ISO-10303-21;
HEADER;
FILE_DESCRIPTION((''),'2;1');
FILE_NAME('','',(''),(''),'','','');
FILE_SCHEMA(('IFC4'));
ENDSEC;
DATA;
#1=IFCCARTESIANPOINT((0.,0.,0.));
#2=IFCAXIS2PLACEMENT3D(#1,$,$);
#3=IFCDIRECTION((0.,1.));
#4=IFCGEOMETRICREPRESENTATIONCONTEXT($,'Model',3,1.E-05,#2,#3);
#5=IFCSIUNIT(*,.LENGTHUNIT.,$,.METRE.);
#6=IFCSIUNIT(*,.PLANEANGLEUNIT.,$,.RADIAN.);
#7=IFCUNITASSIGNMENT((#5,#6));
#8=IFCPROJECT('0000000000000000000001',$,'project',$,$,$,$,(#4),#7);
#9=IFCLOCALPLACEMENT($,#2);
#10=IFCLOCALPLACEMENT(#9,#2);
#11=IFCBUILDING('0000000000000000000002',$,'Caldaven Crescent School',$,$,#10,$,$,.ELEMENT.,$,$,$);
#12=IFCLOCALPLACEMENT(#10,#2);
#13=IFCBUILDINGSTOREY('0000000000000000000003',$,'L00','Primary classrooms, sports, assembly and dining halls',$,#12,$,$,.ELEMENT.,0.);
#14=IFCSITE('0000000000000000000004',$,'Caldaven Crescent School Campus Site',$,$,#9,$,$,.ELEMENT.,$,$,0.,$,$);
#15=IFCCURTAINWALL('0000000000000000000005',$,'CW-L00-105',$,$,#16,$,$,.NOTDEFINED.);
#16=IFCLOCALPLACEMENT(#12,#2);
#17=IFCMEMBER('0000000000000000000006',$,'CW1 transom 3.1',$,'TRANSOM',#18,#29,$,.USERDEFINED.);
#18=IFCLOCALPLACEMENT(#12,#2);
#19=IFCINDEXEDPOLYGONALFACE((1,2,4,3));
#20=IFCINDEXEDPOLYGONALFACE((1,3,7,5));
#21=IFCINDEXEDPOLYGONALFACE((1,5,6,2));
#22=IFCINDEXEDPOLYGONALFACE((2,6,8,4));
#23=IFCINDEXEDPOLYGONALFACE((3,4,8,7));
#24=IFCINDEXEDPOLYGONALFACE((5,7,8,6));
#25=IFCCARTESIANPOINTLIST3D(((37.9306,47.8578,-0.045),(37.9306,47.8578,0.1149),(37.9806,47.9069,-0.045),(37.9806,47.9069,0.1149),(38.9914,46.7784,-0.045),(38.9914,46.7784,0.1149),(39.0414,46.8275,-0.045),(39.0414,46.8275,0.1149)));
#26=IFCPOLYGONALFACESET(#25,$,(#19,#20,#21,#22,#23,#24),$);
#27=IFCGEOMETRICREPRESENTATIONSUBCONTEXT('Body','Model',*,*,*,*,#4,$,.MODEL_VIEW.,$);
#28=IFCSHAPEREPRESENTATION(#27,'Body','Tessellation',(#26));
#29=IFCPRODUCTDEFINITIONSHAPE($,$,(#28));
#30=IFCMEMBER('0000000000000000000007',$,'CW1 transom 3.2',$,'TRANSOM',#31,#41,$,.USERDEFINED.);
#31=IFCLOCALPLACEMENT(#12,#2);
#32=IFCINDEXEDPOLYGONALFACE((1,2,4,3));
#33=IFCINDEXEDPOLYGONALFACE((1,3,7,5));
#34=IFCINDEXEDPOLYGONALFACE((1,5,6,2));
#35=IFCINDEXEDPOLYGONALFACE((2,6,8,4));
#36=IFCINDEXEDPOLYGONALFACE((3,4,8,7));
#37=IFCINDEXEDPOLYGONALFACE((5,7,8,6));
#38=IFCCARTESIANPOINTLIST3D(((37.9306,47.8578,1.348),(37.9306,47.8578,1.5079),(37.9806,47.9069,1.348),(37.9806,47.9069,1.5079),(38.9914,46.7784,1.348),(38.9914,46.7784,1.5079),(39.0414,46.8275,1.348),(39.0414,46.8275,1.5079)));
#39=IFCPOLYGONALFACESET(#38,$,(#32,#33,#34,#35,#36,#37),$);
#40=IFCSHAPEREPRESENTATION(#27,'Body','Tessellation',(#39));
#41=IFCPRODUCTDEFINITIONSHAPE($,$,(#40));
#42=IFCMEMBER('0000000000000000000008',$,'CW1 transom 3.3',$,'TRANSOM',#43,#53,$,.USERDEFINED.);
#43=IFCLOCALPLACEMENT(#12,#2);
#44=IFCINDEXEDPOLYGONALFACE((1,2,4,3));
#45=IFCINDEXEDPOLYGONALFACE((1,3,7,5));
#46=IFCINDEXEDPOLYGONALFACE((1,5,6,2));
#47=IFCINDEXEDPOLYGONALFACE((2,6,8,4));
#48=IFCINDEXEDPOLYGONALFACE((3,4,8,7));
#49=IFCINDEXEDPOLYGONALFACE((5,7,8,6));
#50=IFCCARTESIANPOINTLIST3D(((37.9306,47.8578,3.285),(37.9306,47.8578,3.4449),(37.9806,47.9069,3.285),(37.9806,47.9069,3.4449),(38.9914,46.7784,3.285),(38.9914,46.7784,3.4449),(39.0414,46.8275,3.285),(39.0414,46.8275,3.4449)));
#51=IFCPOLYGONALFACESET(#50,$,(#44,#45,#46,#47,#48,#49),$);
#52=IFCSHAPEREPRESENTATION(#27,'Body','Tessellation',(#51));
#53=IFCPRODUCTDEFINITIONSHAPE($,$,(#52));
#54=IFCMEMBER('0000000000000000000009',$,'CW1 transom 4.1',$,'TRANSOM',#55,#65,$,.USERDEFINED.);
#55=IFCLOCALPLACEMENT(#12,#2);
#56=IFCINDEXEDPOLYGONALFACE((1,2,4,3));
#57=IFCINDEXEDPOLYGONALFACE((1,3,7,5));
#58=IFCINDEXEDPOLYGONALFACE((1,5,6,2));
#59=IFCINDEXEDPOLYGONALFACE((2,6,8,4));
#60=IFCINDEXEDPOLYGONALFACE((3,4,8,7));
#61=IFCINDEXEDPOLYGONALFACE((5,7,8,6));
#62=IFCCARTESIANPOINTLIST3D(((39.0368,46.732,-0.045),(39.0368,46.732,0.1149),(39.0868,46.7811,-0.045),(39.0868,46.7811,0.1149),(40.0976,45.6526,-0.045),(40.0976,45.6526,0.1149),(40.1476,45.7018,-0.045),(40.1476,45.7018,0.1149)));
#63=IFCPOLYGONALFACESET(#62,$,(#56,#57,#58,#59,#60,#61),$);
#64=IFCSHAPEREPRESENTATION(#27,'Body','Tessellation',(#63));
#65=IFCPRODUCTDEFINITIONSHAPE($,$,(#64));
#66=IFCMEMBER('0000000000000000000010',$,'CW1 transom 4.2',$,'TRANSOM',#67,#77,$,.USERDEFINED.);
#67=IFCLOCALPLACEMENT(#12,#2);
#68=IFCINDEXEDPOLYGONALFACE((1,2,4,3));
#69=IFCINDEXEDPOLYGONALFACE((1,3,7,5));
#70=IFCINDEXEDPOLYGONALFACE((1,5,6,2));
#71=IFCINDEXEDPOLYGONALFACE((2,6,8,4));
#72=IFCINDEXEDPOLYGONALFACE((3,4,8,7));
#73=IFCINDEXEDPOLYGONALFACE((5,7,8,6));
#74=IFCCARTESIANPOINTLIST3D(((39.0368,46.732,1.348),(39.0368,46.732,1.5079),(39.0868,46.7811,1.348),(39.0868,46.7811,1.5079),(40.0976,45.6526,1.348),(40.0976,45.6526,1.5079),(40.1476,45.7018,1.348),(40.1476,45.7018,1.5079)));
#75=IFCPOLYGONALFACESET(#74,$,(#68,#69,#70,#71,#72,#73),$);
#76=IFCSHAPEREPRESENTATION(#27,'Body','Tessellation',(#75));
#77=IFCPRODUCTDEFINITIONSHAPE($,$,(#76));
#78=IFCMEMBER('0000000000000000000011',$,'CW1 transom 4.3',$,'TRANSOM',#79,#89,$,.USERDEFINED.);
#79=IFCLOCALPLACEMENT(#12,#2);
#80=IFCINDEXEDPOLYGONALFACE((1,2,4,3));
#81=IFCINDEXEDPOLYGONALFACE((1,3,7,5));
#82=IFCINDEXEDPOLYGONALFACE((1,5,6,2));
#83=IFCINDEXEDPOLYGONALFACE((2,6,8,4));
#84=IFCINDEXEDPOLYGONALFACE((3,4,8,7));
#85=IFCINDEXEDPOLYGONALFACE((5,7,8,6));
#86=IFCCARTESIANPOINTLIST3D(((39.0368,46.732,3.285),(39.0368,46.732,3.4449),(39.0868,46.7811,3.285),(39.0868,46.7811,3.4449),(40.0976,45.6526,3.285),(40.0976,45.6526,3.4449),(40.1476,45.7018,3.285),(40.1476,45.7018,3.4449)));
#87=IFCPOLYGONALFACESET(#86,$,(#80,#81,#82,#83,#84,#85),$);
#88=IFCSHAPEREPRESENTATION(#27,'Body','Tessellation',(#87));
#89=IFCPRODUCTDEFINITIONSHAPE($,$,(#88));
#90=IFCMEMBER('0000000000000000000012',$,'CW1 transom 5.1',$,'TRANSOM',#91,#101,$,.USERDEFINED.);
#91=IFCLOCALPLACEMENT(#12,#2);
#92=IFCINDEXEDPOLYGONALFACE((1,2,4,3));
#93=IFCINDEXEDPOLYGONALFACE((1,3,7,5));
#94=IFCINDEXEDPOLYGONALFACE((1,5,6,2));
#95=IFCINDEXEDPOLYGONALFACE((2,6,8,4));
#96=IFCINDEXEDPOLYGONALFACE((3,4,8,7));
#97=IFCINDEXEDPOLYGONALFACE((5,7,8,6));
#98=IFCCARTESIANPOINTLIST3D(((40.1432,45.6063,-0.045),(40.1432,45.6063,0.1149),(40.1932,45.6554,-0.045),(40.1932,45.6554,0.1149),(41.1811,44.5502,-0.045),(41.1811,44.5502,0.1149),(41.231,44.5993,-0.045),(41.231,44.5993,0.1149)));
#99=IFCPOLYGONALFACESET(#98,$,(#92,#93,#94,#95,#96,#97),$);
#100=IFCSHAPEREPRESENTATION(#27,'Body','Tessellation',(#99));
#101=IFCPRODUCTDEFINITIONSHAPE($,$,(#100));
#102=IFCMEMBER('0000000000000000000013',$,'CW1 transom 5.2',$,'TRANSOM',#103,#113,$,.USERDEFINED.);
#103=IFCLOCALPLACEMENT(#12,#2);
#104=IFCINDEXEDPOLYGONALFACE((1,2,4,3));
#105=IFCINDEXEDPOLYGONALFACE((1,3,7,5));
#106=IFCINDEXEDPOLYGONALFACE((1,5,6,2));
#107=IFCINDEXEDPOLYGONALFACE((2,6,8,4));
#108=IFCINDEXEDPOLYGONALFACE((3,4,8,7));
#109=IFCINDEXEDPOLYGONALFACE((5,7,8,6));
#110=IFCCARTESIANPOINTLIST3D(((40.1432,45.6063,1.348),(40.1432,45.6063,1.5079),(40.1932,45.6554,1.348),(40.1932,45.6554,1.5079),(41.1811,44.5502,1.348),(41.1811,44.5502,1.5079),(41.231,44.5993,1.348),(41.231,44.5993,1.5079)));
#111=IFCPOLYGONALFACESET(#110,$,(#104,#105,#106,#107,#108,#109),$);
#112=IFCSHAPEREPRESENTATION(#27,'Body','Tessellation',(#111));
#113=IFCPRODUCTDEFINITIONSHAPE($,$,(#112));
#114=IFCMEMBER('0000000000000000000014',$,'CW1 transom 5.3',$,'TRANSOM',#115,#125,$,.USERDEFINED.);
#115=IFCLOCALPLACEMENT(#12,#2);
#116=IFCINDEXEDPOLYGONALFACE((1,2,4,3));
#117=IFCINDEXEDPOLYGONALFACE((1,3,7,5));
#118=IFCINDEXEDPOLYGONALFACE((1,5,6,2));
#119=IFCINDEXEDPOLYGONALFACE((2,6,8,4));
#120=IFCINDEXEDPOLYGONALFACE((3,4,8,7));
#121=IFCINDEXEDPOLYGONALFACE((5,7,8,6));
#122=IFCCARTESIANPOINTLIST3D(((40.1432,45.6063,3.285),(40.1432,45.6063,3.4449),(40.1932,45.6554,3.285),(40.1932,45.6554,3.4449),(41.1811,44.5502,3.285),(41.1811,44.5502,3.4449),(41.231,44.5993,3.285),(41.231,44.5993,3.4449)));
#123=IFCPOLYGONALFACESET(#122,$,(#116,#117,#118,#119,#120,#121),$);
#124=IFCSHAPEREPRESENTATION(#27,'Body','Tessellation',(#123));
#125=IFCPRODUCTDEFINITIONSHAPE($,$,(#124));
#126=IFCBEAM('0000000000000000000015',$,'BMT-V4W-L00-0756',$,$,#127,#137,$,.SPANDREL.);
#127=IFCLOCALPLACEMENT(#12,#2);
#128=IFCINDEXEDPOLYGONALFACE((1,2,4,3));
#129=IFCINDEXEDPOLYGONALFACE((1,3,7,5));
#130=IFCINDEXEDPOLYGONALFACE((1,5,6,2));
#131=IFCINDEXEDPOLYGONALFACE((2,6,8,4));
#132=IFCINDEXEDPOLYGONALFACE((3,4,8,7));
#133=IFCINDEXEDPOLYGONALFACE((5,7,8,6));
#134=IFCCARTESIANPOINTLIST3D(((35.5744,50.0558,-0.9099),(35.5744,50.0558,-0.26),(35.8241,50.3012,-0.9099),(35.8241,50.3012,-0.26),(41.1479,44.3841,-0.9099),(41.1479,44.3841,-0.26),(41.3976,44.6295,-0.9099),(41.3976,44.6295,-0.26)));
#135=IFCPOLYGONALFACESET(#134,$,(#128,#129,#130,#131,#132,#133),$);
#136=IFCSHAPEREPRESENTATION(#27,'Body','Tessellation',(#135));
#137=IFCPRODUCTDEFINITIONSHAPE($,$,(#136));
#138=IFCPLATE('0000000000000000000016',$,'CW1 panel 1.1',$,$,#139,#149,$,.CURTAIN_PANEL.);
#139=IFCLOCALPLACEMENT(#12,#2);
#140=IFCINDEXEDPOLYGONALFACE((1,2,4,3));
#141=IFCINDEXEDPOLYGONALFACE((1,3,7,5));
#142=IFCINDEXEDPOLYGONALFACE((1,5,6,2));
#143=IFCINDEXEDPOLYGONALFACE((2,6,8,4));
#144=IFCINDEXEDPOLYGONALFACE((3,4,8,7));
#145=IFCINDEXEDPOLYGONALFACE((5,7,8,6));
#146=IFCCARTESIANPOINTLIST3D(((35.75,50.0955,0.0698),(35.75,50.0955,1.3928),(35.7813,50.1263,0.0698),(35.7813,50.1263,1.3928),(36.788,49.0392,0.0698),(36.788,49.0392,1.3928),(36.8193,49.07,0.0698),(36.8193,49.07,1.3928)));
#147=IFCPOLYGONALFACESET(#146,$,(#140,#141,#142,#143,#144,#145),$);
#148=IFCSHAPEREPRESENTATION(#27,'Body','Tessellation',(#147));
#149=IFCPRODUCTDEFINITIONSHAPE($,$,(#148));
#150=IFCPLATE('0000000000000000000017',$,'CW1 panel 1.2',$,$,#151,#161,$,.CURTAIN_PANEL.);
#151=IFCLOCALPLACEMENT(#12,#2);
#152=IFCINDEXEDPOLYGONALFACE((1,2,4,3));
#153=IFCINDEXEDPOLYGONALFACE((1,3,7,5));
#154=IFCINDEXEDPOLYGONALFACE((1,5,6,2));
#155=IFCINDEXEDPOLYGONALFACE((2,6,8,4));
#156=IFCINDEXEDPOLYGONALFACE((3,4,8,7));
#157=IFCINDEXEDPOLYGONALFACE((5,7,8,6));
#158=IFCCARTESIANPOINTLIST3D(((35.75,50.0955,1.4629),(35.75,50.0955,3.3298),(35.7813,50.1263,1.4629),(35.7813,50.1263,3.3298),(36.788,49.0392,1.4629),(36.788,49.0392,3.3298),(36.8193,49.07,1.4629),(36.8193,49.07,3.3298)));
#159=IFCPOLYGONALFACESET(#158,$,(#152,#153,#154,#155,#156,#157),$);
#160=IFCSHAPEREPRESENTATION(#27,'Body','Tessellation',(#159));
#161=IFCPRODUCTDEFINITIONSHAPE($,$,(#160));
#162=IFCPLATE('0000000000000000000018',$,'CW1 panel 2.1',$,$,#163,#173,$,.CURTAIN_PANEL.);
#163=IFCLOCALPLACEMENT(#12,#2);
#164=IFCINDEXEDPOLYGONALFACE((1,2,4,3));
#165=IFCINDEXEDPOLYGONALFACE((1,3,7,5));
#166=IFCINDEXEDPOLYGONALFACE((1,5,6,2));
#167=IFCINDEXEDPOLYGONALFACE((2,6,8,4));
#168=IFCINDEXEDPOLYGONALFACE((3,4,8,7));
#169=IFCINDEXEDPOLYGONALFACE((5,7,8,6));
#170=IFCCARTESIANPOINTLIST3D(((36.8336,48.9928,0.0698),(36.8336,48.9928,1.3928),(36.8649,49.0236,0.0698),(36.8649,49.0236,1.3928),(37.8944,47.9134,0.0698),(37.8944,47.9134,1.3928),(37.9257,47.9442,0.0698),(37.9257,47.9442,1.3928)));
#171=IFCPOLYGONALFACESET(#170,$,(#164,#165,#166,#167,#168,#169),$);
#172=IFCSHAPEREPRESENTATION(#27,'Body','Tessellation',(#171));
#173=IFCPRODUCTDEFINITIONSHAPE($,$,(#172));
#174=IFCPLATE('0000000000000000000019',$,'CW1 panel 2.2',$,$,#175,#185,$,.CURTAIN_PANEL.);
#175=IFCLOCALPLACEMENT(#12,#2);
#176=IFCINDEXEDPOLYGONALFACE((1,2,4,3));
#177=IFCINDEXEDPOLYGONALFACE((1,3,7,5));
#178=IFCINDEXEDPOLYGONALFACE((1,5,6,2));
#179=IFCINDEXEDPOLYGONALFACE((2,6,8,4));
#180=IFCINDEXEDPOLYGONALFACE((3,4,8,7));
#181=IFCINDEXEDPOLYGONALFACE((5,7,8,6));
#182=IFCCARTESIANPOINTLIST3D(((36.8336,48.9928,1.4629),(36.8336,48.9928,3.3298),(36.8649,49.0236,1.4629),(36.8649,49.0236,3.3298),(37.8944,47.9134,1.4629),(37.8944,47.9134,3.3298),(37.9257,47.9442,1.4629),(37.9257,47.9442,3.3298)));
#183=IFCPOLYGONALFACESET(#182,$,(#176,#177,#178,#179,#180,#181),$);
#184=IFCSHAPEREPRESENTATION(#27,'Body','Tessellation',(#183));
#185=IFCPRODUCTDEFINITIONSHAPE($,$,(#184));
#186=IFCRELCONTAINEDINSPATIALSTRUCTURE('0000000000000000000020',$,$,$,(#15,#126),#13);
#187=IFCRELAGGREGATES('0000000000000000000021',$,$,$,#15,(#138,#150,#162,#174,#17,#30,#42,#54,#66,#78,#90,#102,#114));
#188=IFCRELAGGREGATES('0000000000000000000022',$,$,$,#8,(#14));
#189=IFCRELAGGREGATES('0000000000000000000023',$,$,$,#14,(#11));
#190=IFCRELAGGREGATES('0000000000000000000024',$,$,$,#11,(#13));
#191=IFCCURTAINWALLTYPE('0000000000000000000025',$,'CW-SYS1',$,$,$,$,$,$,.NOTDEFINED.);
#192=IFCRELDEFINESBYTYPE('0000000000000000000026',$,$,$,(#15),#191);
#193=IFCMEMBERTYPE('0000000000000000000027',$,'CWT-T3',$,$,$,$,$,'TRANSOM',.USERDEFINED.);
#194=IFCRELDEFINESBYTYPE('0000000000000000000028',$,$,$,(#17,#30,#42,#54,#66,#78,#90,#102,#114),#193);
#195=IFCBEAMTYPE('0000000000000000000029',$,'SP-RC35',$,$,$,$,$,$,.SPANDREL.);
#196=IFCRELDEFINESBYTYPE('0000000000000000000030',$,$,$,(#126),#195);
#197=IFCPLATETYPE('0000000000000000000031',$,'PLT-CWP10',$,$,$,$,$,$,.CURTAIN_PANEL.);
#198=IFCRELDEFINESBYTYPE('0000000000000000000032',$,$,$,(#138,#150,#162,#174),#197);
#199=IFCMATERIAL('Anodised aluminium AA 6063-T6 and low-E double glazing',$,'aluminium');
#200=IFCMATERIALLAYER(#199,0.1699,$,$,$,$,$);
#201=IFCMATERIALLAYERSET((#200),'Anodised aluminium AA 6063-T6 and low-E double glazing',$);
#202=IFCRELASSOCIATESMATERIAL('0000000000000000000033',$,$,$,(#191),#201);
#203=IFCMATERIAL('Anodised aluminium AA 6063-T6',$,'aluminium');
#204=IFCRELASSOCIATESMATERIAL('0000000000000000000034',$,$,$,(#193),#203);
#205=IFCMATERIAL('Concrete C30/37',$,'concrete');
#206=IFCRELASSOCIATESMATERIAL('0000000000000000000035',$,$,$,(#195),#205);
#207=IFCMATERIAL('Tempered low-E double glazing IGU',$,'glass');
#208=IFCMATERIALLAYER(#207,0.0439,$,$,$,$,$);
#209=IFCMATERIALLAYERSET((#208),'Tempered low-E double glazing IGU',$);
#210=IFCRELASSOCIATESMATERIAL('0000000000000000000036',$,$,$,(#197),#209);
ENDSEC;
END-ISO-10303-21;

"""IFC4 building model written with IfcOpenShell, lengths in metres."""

from ifc_helpers import new_model, si_unit, direction, frame, origin, origin_2d, place, context, subcontext, project, spatial, rectangle, extrude, material, layer, layer_set, material_profile, profile_set, type_object, element, aggregate, save


model = new_model("IFC4")

# Units and contexts
model_context = context("Model", 3, precision=1e-05, world=origin(), true_north=direction((0.0, 1.0)))
body_context = subcontext(model_context, "Body", "Model", "MODEL_VIEW")
ifc_project = project(units=[si_unit("LENGTHUNIT", "METRE"), si_unit("PLANEANGLEUNIT", "RADIAN")], contexts=[model_context])

# Site, building, storey
site_placement = place(None, origin())
site = spatial("IfcSite", under=ifc_project, at=site_placement, Name="Caldaven Crescent School Campus Site", CompositionType="ELEMENT", RefElevation=0.0)
building_placement = place(site_placement, origin())
building = spatial("IfcBuilding", under=site, at=building_placement, Name="Caldaven Crescent School", CompositionType="ELEMENT")
storey_placement = place(building_placement, origin())
storey = spatial("IfcBuildingStorey", under=building, at=storey_placement, Name="L00", Description="Primary classrooms, sports, assembly and dining halls", CompositionType="ELEMENT", Elevation=0.0)

# Shared definitions
ifc_material_1 = material(Name="Concrete C30/37", Category="concrete")

# Curtain wall, members
ifc_material_2 = material(Name="Anodised aluminium AA 6063-T6 and low-E double glazing", Category="aluminium")
ifc_layer_1 = layer(ifc_material_2, 0.1699)
ifc_layer_set_1 = layer_set([ifc_layer_1], Name="Anodised aluminium AA 6063-T6 and low-E double glazing")
curtain_wall_type = type_object("IfcCurtainWallType", Name="CW-SYS1", PredefinedType="NOTDEFINED", material=ifc_layer_set_1)
curtain_wall_placement = place(storey_placement, origin())
curtain_wall = element("IfcCurtainWall", 1, at=curtain_wall_placement, inside=storey, type_object=curtain_wall_type, Name="CW-L00-105", PredefinedType="NOTDEFINED")
ifc_material_3 = material(Name="Anodised aluminium AA 6063-T6", Category="aluminium")
ifc_material_profile_1 = material_profile(ifc_material_3, rectangle(XDim=0.0701, YDim=0.1599, at=origin_2d()), Name="CWT 70x160")
ifc_profile_set_1 = profile_set([ifc_material_profile_1], Name="Anodised aluminium AA 6063-T6")
member_type_1 = type_object("IfcMemberType", Name="CWT-T3", ElementType="TRANSOM", PredefinedType="USERDEFINED", material=ifc_profile_set_1)
member_1_placement = place(storey_placement, frame((37.9556, 47.8823, 0.0349), z_axis=(0.70095, -0.71321, 0.0), x_axis=(0.71321, 0.70095, 0.0)))
member_1 = element("IfcMember", 2, at=member_1_placement, type_object=member_type_1, Name="CW1 transom 3.1", ObjectType="TRANSOM", PredefinedType="USERDEFINED", context=body_context, shape_type="SweptSolid", body=[
    extrude(rectangle(XDim=0.0701, YDim=0.1599, at=origin_2d()), origin(), (0.0, 0.0, 1.0), 1.5134),
])
member_2_placement = place(storey_placement, frame((37.9556, 47.8823, 1.428), z_axis=(0.70095, -0.71321, 0.0), x_axis=(0.71321, 0.70095, 0.0)))
member_2 = element("IfcMember", 3, at=member_2_placement, type_object=member_type_1, Name="CW1 transom 3.2", ObjectType="TRANSOM", PredefinedType="USERDEFINED", context=body_context, shape_type="SweptSolid", body=[
    extrude(rectangle(XDim=0.0701, YDim=0.1599, at=origin_2d()), origin(), (0.0, 0.0, 1.0), 1.5134),
])
member_3_placement = place(storey_placement, frame((37.9556, 47.8823, 3.365), z_axis=(0.70095, -0.71321, 0.0), x_axis=(0.71321, 0.70095, 0.0)))
member_3 = element("IfcMember", 4, at=member_3_placement, type_object=member_type_1, Name="CW1 transom 3.3", ObjectType="TRANSOM", PredefinedType="USERDEFINED", context=body_context, shape_type="SweptSolid", body=[
    extrude(rectangle(XDim=0.0701, YDim=0.1599, at=origin_2d()), origin(), (0.0, 0.0, 1.0), 1.5134),
])
member_4_placement = place(storey_placement, frame((39.0618, 46.7566, 0.0349), z_axis=(0.70095, -0.71321, 0.0), x_axis=(0.71321, 0.70095, 0.0)))
member_4 = element("IfcMember", 5, at=member_4_placement, type_object=member_type_1, Name="CW1 transom 4.1", ObjectType="TRANSOM", PredefinedType="USERDEFINED", context=body_context, shape_type="SweptSolid", body=[
    extrude(rectangle(XDim=0.0701, YDim=0.1599, at=origin_2d()), origin(), (0.0, 0.0, 1.0), 1.5134),
])
member_5_placement = place(storey_placement, frame((39.0618, 46.7566, 1.428), z_axis=(0.70095, -0.71321, 0.0), x_axis=(0.71321, 0.70095, 0.0)))
member_5 = element("IfcMember", 6, at=member_5_placement, type_object=member_type_1, Name="CW1 transom 4.2", ObjectType="TRANSOM", PredefinedType="USERDEFINED", context=body_context, shape_type="SweptSolid", body=[
    extrude(rectangle(XDim=0.0701, YDim=0.1599, at=origin_2d()), origin(), (0.0, 0.0, 1.0), 1.5134),
])
member_6_placement = place(storey_placement, frame((39.0618, 46.7566, 3.365), z_axis=(0.70095, -0.71321, 0.0), x_axis=(0.71321, 0.70095, 0.0)))
member_6 = element("IfcMember", 7, at=member_6_placement, type_object=member_type_1, Name="CW1 transom 4.3", ObjectType="TRANSOM", PredefinedType="USERDEFINED", context=body_context, shape_type="SweptSolid", body=[
    extrude(rectangle(XDim=0.0701, YDim=0.1599, at=origin_2d()), origin(), (0.0, 0.0, 1.0), 1.5134),
])
member_7_placement = place(storey_placement, frame((40.1682, 45.6309, 0.0349), z_axis=(0.700897, -0.713263, 0.0), x_axis=(0.713263, 0.700897, 0.0)))
member_7 = element("IfcMember", 8, at=member_7_placement, type_object=member_type_1, Name="CW1 transom 5.1", ObjectType="TRANSOM", PredefinedType="USERDEFINED", context=body_context, shape_type="SweptSolid", body=[
    extrude(rectangle(XDim=0.0701, YDim=0.1599, at=origin_2d()), origin(), (0.0, 0.0, 1.0), 1.4807),
])
member_8_placement = place(storey_placement, frame((40.1682, 45.6309, 1.428), z_axis=(0.700897, -0.713263, 0.0), x_axis=(0.713263, 0.700897, 0.0)))
member_8 = element("IfcMember", 9, at=member_8_placement, type_object=member_type_1, Name="CW1 transom 5.2", ObjectType="TRANSOM", PredefinedType="USERDEFINED", context=body_context, shape_type="SweptSolid", body=[
    extrude(rectangle(XDim=0.0701, YDim=0.1599, at=origin_2d()), origin(), (0.0, 0.0, 1.0), 1.4807),
])
member_9_placement = place(storey_placement, frame((40.1682, 45.6309, 3.365), z_axis=(0.700897, -0.713263, 0.0), x_axis=(0.713263, 0.700897, 0.0)))
member_9 = element("IfcMember", 10, at=member_9_placement, type_object=member_type_1, Name="CW1 transom 5.3", ObjectType="TRANSOM", PredefinedType="USERDEFINED", context=body_context, shape_type="SweptSolid", body=[
    extrude(rectangle(XDim=0.0701, YDim=0.1599, at=origin_2d()), origin(), (0.0, 0.0, 1.0), 1.4807),
])

# Beam
ifc_material_profile_2 = material_profile(ifc_material_1, rectangle(XDim=0.3501, YDim=0.6499, at=origin_2d()), Name="RC 350x650")
ifc_profile_set_2 = profile_set([ifc_material_profile_2], Name="Concrete C30/37")
beam_type_1 = type_object("IfcBeamType", Name="SP-RC35", PredefinedType="SPANDREL", material=ifc_profile_set_2)
beam_1_placement = place(storey_placement, frame((35.6992, 50.1785, -0.585), z_axis=(0.700909, -0.713251, 0.0), x_axis=(0.713251, 0.700909, 0.0)))
element("IfcBeam", 11, at=beam_1_placement, inside=storey, type_object=beam_type_1, Name="BMT-V4W-L00-0756", PredefinedType="SPANDREL", context=body_context, shape_type="SweptSolid", body=[
    extrude(rectangle(XDim=0.3501, YDim=0.6499, at=origin_2d()), origin(), (0.0, 0.0, 1.0), 7.9519),
])

# Plates
ifc_material_4 = material(Name="Tempered low-E double glazing IGU", Category="glass")
ifc_layer_2 = layer(ifc_material_4, 0.0439)
ifc_layer_set_2 = layer_set([ifc_layer_2], Name="Tempered low-E double glazing IGU")
plate_type = type_object("IfcPlateType", Name="PLT-CWP10", PredefinedType="CURTAIN_PANEL", material=ifc_layer_set_2)
plate_1_placement = place(storey_placement, frame((36.2847, 49.5828, 0.0698), z_axis=(0.0, 0.0, 1.0), x_axis=(0.700909, -0.713251, 0.0)))
plate_1 = element("IfcPlate", 12, at=plate_1_placement, type_object=plate_type, Name="CW1 panel 1.1", PredefinedType="CURTAIN_PANEL", context=body_context, shape_type="SweptSolid", body=[
    extrude(rectangle(XDim=1.481, YDim=0.0439, at=origin_2d()), origin(), (0.0, 0.0, 1.0), 1.323),
])
plate_2_placement = place(storey_placement, frame((36.2847, 49.5828, 1.4629), z_axis=(0.0, 0.0, 1.0), x_axis=(0.700909, -0.713251, 0.0)))
plate_2 = element("IfcPlate", 13, at=plate_2_placement, type_object=plate_type, Name="CW1 panel 1.2", PredefinedType="CURTAIN_PANEL", context=body_context, shape_type="SweptSolid", body=[
    extrude(rectangle(XDim=1.481, YDim=0.0439, at=origin_2d()), origin(), (0.0, 0.0, 1.0), 1.8669),
])
plate_3_placement = place(storey_placement, frame((37.3796, 48.4685, 0.0698), z_axis=(0.0, 0.0, 1.0), x_axis=(0.700909, -0.713251, 0.0)))
plate_3 = element("IfcPlate", 14, at=plate_3_placement, type_object=plate_type, Name="CW1 panel 2.1", PredefinedType="CURTAIN_PANEL", context=body_context, shape_type="SweptSolid", body=[
    extrude(rectangle(XDim=1.5134, YDim=0.0439, at=origin_2d()), origin(), (0.0, 0.0, 1.0), 1.323),
])
plate_4_placement = place(storey_placement, frame((37.3796, 48.4685, 1.4629), z_axis=(0.0, 0.0, 1.0), x_axis=(0.700909, -0.713251, 0.0)))
plate_4 = element("IfcPlate", 15, at=plate_4_placement, type_object=plate_type, Name="CW1 panel 2.2", PredefinedType="CURTAIN_PANEL", context=body_context, shape_type="SweptSolid", body=[
    extrude(rectangle(XDim=1.5134, YDim=0.0439, at=origin_2d()), origin(), (0.0, 0.0, 1.0), 1.8669),
])
aggregate(curtain_wall, [plate_1, plate_2, plate_3, plate_4, member_1, member_2, member_3, member_4, member_5, member_6, member_7, member_8, member_9])

save(model, "model.ifc")
